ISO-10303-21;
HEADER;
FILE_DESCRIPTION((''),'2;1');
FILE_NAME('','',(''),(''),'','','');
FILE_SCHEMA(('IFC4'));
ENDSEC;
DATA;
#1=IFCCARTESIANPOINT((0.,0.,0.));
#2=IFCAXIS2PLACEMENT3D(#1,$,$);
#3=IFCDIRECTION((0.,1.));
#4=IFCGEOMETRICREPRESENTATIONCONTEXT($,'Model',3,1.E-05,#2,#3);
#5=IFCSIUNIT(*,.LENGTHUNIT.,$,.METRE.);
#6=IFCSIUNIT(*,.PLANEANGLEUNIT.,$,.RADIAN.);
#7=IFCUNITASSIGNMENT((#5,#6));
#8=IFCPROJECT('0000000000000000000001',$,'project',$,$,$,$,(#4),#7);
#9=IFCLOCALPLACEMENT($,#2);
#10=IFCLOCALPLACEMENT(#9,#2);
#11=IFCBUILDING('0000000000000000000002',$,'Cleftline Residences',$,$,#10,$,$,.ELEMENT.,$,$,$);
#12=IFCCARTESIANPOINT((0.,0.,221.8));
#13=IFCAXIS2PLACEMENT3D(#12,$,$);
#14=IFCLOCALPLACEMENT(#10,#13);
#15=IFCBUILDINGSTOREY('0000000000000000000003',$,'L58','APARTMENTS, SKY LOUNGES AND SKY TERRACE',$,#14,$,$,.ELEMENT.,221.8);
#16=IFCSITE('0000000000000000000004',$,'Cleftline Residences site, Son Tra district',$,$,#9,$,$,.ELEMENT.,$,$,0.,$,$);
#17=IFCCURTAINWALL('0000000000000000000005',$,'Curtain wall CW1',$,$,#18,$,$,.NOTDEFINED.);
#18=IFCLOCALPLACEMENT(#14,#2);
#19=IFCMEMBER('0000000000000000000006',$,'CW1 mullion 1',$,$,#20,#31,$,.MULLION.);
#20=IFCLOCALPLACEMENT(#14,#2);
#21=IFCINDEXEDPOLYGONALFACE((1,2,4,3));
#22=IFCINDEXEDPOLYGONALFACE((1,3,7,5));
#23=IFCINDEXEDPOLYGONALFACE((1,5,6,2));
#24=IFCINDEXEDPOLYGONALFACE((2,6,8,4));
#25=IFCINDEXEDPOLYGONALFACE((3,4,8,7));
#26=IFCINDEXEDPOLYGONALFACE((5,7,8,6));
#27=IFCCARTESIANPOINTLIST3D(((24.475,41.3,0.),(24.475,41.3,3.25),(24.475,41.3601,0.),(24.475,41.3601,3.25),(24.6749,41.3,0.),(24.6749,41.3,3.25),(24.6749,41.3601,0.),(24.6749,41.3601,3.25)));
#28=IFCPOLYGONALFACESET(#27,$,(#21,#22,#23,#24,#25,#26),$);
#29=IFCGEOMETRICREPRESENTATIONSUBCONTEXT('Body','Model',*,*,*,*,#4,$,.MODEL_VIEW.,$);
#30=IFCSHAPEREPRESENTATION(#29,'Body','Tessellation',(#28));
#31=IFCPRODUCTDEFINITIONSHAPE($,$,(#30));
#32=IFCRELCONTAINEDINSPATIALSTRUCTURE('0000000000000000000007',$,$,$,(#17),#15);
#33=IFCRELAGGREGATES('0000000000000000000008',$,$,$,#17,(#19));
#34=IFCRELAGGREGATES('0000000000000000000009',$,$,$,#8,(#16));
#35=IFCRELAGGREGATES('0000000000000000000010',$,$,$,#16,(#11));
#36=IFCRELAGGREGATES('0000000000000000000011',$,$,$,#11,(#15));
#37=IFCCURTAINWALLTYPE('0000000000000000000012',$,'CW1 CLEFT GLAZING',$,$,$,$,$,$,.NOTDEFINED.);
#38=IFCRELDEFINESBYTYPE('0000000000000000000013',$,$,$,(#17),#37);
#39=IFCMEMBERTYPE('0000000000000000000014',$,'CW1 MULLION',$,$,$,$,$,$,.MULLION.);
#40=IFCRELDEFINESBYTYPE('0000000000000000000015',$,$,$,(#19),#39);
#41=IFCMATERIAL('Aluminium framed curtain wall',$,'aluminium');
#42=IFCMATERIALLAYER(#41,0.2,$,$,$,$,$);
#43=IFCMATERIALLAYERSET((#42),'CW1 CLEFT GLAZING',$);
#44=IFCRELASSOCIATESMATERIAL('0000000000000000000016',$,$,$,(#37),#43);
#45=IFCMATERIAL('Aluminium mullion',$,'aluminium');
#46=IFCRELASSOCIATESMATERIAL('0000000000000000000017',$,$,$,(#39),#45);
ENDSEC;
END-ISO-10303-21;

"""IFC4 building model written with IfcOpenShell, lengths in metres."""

from ifc_helpers import new_model, si_unit, direction, frame, origin, origin_2d, place, context, subcontext, project, spatial, rectangle, extrude, material, layer, layer_set, material_profile, profile_set, type_object, element, aggregate, save


model = new_model("IFC4")

# Units and contexts
model_context = context("Model", 3, precision=1e-05, world=origin(), true_north=direction((0.0, 1.0)))
body_context = subcontext(model_context, "Body", "Model", "MODEL_VIEW")
ifc_project = project(units=[si_unit("LENGTHUNIT", "METRE"), si_unit("PLANEANGLEUNIT", "RADIAN")], contexts=[model_context])

# Site, building, storey
site_placement = place(None, origin())
site = spatial("IfcSite", under=ifc_project, at=site_placement, Name="Cleftline Residences site, Son Tra district", CompositionType="ELEMENT", RefElevation=0.0)
building_placement = place(site_placement, origin())
building = spatial("IfcBuilding", under=site, at=building_placement, Name="Cleftline Residences", CompositionType="ELEMENT")
storey_placement = place(building_placement, frame((0.0, 0.0, 221.8)))
storey = spatial("IfcBuildingStorey", under=building, at=storey_placement, Name="L58", Description="APARTMENTS, SKY LOUNGES AND SKY TERRACE", CompositionType="ELEMENT", Elevation=221.8)

# Curtain wall, member
ifc_material_1 = material(Name="Aluminium framed curtain wall", Category="aluminium")
ifc_layer_1 = layer(ifc_material_1, 0.2)
ifc_layer_set_1 = layer_set([ifc_layer_1], Name="CW1 CLEFT GLAZING")
curtain_wall_type = type_object("IfcCurtainWallType", Name="CW1 CLEFT GLAZING", PredefinedType="NOTDEFINED", material=ifc_layer_set_1)
curtain_wall_placement = place(storey_placement, origin())
curtain_wall = element("IfcCurtainWall", 1, at=curtain_wall_placement, inside=storey, type_object=curtain_wall_type, Name="Curtain wall CW1", PredefinedType="NOTDEFINED")
ifc_material_2 = material(Name="Aluminium mullion", Category="aluminium")
ifc_material_profile_1 = material_profile(ifc_material_2, rectangle(XDim=0.2, YDim=0.0601, at=origin_2d()))
ifc_profile_set_1 = profile_set([ifc_material_profile_1], Name="Aluminium mullion")
member_type = type_object("IfcMemberType", Name="CW1 MULLION", PredefinedType="MULLION", material=ifc_profile_set_1)
member_placement = place(storey_placement, frame((24.575, 41.3301, 0.0), z_axis=(0.0, 0.0, 1.0), x_axis=(-1.0, 0.0, 0.0)))
member = element("IfcMember", 2, at=member_placement, type_object=member_type, Name="CW1 mullion 1", PredefinedType="MULLION", context=body_context, shape_type="SweptSolid", body=[
    extrude(rectangle(XDim=0.2, YDim=0.0601, at=origin_2d()), origin(), (0.0, 0.0, 1.0), 3.25),
])
aggregate(curtain_wall, [member])

save(model, "model.ifc")
